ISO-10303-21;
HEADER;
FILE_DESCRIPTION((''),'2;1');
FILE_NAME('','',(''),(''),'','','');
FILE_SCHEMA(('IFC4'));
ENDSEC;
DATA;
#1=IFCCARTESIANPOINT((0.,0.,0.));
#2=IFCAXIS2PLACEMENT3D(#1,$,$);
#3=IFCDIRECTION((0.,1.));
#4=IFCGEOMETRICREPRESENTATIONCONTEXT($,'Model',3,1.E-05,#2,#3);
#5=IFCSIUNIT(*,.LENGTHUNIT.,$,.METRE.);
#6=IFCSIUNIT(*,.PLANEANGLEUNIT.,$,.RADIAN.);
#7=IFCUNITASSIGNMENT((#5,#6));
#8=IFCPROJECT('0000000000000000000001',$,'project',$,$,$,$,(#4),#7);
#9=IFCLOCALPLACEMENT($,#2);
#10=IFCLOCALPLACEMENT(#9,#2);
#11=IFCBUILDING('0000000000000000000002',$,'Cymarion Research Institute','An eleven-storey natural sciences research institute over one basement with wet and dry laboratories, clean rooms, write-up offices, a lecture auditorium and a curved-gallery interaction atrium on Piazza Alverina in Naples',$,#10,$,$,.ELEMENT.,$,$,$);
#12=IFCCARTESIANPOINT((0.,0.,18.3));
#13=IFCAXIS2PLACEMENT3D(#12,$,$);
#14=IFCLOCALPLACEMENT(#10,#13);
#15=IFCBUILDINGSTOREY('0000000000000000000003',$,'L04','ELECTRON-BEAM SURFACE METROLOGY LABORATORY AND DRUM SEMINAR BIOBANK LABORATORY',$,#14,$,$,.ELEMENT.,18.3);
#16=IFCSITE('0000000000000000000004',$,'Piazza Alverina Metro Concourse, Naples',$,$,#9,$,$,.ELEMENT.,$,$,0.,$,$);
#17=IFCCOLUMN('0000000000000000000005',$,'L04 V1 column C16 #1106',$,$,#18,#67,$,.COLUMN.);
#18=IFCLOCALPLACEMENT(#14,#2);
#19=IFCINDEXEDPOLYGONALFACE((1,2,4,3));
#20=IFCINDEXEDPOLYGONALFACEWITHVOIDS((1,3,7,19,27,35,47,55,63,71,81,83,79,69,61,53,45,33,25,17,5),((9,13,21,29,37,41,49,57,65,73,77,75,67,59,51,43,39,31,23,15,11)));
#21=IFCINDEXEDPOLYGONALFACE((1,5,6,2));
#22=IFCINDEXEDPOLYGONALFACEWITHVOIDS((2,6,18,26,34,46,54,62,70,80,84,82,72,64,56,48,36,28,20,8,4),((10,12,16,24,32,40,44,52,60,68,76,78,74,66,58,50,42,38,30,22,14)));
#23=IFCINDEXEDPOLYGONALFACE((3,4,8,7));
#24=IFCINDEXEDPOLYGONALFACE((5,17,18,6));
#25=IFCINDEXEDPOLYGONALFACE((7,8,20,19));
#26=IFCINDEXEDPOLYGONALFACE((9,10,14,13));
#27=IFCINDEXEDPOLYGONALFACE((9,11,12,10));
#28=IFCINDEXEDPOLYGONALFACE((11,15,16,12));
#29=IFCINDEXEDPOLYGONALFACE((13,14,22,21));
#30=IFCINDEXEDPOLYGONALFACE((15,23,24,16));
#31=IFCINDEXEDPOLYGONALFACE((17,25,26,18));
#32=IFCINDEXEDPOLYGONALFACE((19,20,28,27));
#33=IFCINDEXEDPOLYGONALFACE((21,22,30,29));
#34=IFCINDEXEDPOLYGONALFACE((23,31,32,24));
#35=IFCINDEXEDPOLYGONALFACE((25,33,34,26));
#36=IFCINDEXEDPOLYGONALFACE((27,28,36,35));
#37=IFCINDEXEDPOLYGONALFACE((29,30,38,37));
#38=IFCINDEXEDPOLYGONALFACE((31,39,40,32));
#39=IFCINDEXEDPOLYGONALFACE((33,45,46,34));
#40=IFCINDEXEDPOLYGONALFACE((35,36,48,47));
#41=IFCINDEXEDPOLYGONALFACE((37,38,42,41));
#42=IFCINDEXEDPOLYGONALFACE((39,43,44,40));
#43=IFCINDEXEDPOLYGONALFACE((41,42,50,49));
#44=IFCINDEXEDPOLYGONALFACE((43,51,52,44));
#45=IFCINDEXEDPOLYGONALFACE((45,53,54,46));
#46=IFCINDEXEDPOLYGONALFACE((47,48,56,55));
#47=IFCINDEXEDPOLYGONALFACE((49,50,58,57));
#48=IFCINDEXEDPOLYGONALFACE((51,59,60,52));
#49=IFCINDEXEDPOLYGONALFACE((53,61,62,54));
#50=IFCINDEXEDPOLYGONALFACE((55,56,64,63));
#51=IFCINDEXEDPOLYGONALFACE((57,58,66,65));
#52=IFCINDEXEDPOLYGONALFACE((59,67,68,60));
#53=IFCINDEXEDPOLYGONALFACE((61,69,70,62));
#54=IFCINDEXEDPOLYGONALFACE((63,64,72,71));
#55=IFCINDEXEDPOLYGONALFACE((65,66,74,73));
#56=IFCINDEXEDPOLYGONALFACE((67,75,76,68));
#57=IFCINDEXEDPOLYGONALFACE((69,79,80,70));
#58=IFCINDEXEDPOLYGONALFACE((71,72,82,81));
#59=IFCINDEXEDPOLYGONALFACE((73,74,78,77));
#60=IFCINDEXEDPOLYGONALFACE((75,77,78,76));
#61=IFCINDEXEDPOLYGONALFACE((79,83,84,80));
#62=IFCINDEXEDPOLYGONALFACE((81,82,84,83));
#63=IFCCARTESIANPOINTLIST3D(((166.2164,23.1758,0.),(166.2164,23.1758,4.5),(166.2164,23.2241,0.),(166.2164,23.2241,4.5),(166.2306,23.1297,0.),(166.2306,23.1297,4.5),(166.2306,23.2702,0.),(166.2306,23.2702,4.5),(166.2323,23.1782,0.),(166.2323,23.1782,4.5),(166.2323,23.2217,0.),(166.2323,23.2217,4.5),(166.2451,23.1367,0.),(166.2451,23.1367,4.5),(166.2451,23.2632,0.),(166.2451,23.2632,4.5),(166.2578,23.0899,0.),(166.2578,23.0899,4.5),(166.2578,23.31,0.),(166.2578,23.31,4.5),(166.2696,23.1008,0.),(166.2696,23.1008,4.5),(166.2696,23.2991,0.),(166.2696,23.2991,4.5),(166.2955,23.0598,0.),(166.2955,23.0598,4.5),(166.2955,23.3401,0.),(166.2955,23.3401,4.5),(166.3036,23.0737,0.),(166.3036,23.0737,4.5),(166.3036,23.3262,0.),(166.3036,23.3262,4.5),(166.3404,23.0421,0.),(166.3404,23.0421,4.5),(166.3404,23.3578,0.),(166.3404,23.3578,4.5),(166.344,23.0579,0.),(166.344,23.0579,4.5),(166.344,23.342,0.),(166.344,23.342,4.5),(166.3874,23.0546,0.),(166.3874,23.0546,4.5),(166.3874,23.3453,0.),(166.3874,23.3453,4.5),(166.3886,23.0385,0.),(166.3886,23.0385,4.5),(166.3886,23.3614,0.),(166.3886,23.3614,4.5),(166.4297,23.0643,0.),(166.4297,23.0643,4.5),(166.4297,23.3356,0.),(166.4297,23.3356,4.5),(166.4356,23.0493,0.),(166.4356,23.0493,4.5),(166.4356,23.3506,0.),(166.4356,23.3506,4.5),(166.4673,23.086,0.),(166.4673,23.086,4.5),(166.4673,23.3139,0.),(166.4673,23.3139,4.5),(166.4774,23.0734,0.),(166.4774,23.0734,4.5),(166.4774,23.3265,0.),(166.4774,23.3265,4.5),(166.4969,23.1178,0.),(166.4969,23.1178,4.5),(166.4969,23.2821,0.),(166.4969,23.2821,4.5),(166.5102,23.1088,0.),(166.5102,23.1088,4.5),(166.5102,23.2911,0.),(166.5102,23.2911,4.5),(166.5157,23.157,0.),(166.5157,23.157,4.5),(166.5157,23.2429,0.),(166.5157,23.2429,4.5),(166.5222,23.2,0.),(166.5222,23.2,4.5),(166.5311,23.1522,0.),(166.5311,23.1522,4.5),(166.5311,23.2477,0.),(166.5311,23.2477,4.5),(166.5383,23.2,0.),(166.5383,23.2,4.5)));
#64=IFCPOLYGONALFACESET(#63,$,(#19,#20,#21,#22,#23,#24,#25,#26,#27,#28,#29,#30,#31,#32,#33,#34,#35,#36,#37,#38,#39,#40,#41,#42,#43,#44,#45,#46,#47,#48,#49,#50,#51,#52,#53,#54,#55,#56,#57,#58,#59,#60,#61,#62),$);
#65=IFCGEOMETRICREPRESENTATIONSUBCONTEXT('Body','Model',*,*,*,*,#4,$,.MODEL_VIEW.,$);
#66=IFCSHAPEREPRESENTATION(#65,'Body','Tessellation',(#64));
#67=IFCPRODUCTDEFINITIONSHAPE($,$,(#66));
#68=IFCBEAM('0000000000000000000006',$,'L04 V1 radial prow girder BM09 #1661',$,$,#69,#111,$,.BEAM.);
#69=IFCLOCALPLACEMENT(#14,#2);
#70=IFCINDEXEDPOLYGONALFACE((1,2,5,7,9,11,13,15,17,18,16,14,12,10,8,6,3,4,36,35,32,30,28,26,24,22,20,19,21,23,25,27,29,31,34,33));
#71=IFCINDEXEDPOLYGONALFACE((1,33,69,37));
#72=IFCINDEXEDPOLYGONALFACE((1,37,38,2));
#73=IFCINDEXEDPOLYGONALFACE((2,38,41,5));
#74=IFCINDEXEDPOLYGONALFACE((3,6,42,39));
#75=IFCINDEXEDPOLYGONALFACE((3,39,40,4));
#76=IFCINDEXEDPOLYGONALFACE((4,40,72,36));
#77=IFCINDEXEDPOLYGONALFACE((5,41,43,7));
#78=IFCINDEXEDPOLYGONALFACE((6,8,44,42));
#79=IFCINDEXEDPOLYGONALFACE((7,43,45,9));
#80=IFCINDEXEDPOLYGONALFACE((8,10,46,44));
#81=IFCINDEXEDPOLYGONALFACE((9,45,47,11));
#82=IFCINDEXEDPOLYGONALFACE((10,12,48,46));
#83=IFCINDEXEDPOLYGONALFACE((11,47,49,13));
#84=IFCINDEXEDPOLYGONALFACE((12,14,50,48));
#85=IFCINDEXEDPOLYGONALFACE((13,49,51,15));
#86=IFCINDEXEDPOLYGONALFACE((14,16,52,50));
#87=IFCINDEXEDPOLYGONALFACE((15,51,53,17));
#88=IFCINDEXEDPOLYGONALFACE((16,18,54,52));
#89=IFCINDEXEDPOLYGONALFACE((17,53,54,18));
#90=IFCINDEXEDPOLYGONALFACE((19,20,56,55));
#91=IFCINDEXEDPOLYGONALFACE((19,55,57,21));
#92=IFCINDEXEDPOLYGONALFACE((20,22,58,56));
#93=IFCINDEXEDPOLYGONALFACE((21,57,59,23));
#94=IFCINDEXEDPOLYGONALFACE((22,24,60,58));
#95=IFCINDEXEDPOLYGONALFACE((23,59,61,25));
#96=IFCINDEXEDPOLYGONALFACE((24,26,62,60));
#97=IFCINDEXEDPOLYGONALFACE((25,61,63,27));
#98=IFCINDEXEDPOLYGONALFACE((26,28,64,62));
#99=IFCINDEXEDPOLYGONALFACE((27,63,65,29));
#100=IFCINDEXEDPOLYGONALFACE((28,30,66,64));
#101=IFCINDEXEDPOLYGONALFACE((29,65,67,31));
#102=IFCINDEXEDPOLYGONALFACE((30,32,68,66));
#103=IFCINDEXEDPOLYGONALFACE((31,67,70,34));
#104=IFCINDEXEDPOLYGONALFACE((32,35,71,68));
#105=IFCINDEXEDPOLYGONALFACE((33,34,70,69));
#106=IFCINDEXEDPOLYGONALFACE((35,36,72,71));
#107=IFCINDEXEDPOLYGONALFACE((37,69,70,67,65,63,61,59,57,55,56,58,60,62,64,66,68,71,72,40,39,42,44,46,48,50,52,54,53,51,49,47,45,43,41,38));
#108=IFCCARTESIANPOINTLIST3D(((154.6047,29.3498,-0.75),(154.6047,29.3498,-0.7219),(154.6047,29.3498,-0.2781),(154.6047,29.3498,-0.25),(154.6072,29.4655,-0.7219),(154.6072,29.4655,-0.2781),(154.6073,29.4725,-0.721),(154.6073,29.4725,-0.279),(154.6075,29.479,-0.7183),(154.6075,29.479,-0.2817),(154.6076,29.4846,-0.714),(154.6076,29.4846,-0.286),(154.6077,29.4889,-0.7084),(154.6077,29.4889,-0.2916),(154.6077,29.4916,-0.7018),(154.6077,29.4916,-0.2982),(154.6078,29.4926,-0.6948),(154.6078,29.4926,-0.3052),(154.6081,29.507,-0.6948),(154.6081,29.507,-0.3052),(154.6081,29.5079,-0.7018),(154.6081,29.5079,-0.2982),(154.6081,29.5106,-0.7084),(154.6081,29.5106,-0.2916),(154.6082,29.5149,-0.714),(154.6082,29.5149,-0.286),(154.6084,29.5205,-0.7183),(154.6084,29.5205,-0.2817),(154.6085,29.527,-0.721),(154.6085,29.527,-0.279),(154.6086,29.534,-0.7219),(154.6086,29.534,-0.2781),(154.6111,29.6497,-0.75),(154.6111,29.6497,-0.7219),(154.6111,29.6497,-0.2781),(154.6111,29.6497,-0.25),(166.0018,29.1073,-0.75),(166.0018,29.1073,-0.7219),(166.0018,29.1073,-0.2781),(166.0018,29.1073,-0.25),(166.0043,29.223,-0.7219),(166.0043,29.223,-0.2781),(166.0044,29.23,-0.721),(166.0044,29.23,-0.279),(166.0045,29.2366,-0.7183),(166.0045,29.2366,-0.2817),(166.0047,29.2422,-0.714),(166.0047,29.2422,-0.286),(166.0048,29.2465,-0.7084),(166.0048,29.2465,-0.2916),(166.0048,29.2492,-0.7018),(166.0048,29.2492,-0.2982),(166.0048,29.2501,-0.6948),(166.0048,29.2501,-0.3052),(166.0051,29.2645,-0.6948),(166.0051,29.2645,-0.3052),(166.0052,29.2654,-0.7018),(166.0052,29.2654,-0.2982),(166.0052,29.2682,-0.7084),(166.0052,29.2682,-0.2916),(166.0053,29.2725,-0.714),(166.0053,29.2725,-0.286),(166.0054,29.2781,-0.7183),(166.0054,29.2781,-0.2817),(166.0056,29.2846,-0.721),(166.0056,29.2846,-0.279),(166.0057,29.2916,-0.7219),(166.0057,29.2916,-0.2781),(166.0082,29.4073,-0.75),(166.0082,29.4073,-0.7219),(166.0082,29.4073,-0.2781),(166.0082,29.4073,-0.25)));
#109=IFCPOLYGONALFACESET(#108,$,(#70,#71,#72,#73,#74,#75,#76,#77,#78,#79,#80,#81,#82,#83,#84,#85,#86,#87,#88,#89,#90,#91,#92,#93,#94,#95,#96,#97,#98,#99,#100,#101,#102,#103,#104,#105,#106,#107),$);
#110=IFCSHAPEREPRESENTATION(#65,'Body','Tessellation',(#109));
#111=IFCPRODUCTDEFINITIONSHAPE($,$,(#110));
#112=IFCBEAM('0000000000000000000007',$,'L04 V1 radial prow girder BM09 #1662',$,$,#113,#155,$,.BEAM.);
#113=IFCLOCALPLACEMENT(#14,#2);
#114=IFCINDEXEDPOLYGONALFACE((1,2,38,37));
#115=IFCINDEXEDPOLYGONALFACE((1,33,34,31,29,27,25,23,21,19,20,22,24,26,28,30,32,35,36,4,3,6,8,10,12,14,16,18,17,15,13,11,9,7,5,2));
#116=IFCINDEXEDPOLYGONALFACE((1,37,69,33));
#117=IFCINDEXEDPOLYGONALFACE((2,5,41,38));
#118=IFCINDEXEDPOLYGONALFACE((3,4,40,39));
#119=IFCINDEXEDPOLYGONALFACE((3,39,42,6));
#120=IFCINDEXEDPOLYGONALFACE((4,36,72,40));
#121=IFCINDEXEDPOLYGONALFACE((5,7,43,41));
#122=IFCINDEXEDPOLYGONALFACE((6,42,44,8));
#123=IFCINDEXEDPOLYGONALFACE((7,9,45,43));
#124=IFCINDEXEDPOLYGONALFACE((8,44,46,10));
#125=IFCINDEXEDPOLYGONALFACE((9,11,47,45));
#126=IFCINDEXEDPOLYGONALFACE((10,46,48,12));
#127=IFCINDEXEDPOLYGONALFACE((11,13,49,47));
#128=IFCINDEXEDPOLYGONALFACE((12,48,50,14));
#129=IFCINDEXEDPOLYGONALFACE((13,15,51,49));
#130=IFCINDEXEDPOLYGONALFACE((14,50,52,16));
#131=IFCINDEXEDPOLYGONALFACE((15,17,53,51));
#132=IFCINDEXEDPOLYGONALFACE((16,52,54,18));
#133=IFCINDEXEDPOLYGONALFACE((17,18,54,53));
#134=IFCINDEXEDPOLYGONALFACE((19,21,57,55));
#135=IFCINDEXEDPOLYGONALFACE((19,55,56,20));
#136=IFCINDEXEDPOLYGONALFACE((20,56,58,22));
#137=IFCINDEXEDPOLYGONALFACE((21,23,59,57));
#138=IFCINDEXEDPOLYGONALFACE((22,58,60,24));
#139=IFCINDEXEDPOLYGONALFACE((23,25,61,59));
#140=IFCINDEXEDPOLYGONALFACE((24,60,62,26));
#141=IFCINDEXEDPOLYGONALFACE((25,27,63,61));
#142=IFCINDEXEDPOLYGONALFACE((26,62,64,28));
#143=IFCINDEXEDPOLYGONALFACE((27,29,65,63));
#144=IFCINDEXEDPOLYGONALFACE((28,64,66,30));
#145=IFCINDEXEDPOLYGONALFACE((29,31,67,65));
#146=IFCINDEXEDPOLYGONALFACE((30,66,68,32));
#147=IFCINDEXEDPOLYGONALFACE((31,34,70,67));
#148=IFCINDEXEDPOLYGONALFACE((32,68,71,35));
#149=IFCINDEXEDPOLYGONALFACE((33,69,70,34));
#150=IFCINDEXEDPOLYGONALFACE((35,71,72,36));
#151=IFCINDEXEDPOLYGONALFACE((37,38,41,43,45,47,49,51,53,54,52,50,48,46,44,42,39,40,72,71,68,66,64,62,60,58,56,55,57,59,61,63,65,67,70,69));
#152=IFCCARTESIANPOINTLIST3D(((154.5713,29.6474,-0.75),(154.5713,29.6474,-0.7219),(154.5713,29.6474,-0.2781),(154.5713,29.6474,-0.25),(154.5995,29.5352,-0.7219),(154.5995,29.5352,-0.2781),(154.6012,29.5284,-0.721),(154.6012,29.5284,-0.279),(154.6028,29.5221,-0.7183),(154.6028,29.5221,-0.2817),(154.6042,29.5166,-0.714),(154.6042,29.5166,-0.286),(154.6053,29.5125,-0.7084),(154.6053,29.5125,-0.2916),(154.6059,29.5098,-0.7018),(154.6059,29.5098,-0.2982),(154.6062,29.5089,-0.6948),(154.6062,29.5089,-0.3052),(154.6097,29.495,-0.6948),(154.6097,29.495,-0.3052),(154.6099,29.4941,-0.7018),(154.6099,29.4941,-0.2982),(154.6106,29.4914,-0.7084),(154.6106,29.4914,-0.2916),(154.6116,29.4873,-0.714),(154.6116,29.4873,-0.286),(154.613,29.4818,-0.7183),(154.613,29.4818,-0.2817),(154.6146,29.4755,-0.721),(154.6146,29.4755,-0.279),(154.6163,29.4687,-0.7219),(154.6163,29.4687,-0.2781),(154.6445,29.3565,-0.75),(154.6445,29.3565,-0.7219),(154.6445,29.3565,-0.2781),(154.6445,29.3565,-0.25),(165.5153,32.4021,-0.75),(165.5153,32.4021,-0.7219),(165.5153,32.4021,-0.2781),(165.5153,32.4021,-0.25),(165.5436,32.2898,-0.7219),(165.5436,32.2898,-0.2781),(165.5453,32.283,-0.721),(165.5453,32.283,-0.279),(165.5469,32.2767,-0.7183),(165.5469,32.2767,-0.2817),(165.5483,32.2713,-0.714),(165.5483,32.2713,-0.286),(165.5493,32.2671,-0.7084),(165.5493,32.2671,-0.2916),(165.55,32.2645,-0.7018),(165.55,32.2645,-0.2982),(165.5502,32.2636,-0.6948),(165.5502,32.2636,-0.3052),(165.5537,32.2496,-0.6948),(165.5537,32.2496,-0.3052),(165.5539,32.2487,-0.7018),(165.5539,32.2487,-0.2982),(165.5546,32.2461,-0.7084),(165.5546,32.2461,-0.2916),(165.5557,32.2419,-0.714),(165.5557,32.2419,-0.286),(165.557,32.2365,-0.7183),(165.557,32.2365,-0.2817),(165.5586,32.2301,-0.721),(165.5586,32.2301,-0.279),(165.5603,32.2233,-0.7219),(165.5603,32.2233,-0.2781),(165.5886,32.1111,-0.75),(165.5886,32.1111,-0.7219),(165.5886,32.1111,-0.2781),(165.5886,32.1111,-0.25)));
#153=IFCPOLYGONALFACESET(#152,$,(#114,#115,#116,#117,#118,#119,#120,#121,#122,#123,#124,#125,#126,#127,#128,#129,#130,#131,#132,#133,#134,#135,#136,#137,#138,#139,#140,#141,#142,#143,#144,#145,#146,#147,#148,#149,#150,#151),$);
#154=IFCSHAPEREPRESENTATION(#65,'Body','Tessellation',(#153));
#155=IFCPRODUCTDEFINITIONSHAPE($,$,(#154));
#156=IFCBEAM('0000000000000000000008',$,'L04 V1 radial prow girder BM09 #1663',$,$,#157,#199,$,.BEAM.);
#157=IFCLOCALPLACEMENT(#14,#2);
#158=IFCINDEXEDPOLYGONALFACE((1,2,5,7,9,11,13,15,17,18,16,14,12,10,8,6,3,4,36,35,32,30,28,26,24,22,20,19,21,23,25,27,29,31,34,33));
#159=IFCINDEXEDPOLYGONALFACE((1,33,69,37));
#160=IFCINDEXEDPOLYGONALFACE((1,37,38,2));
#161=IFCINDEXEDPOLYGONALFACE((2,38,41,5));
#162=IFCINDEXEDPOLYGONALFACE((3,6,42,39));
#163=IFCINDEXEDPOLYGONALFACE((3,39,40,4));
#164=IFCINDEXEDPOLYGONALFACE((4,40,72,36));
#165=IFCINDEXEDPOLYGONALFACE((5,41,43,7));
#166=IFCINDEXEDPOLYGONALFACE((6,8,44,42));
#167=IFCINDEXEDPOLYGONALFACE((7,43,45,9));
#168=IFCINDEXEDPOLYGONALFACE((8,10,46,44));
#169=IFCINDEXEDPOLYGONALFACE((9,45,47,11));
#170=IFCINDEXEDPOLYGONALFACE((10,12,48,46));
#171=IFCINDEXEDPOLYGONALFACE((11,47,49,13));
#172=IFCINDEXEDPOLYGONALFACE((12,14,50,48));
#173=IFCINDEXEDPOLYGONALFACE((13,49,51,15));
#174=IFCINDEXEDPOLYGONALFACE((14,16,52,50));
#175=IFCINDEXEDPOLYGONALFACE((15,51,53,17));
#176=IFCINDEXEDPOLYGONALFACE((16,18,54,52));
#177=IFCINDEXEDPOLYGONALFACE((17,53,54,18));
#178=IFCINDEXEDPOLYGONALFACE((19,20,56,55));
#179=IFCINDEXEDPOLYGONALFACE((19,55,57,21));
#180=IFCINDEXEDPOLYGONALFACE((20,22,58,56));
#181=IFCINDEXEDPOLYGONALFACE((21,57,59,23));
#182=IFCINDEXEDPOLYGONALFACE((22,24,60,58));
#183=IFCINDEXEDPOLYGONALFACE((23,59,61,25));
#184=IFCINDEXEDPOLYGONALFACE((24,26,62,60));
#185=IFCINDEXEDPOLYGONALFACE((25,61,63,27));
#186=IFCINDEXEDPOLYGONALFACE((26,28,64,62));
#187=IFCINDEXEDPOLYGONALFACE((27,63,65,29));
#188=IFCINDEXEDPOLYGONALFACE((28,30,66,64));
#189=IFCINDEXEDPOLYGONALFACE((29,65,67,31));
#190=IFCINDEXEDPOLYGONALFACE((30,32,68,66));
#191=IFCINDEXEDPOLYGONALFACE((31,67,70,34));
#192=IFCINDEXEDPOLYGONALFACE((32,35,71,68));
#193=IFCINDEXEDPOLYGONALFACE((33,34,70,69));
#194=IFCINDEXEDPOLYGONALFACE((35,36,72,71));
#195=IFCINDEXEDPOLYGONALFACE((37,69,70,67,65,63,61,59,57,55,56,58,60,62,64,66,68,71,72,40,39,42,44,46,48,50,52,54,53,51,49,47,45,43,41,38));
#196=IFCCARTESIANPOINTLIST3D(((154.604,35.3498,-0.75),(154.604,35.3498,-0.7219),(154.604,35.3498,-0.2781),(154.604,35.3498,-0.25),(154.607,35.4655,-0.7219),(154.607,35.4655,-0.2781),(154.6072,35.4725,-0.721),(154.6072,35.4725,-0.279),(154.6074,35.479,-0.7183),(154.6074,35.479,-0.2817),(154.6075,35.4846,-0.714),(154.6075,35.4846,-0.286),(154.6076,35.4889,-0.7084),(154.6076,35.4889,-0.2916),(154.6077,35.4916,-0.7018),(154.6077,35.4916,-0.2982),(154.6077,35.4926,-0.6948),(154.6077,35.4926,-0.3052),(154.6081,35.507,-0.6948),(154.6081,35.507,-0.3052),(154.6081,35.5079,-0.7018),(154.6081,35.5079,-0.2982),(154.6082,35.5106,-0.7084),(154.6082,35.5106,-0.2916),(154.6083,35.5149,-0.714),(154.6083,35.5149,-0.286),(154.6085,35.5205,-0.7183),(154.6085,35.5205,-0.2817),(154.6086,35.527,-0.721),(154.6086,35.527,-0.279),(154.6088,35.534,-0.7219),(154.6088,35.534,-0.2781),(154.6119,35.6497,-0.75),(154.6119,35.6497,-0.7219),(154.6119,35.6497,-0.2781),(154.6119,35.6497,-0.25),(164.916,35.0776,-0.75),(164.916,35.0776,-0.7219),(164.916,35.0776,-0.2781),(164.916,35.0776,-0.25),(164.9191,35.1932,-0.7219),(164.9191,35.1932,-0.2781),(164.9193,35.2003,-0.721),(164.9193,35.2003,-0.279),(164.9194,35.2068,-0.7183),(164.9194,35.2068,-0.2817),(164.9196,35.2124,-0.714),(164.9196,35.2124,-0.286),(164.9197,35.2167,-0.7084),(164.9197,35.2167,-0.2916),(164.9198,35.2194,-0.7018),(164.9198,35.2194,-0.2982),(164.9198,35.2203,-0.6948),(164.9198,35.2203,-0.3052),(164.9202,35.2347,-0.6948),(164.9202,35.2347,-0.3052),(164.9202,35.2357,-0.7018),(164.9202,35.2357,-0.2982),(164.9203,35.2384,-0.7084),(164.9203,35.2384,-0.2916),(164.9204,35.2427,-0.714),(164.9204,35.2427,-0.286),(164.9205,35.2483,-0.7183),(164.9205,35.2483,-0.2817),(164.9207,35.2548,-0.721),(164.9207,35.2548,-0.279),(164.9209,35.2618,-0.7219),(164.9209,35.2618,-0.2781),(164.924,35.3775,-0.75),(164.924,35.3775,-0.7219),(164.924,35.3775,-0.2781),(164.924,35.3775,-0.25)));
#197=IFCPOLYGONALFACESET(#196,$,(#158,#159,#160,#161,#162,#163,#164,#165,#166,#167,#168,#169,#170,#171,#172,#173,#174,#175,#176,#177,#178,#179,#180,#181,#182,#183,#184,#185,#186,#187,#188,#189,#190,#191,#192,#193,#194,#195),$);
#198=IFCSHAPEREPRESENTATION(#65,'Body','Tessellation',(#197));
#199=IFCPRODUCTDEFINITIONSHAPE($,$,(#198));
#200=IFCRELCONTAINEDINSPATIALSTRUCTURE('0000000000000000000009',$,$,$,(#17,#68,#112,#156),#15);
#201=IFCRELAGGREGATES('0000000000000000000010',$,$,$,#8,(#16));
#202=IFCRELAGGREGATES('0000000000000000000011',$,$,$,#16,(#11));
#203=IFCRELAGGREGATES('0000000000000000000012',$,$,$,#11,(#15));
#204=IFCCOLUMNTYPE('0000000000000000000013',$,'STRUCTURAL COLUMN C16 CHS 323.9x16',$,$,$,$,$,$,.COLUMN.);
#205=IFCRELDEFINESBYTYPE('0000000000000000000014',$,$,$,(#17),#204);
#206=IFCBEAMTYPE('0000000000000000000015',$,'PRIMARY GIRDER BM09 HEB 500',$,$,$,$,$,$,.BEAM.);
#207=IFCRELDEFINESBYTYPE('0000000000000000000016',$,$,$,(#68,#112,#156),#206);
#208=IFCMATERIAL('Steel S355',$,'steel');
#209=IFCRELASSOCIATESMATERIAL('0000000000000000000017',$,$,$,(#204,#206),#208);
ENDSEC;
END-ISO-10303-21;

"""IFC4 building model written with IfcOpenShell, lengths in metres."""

from ifc_helpers import new_model, si_unit, direction, frame, origin, origin_2d, place, context, subcontext, project, spatial, hollow_circle, i_section, extrude, material, material_profile, profile_set, type_object, element, save


model = new_model("IFC4")

# Units and contexts
model_context = context("Model", 3, precision=1e-05, world=origin(), true_north=direction((0.0, 1.0)))
body_context = subcontext(model_context, "Body", "Model", "MODEL_VIEW")
ifc_project = project(units=[si_unit("LENGTHUNIT", "METRE"), si_unit("PLANEANGLEUNIT", "RADIAN")], contexts=[model_context])

# Site, building, storey
site_placement = place(None, origin())
site = spatial("IfcSite", under=ifc_project, at=site_placement, Name="Piazza Alverina Metro Concourse, Naples", CompositionType="ELEMENT", RefElevation=0.0)
building_placement = place(site_placement, origin())
building = spatial("IfcBuilding", under=site, at=building_placement, Name="Cymarion Research Institute", Description="An eleven-storey natural sciences research institute over one basement with wet and dry laboratories, clean rooms, write-up offices, a lecture auditorium and a curved-gallery interaction atrium on Piazza Alverina in Naples", CompositionType="ELEMENT")
storey_placement = place(building_placement, frame((0.0, 0.0, 18.3)))
storey = spatial("IfcBuildingStorey", under=building, at=storey_placement, Name="L04", Description="ELECTRON-BEAM SURFACE METROLOGY LABORATORY AND DRUM SEMINAR BIOBANK LABORATORY", CompositionType="ELEMENT", Elevation=18.3)

# Column
ifc_material_1 = material(Name="Steel S355", Category="steel")
ifc_material_profile_1 = material_profile(ifc_material_1, hollow_circle(Radius=0.1619, WallThickness=0.0161, at=origin_2d()), Name="CHS 323.9x16")
ifc_profile_set_1 = profile_set([ifc_material_profile_1], Name="Steel S355")
column_type_1 = type_object("IfcColumnType", Name="STRUCTURAL COLUMN C16 CHS 323.9x16", PredefinedType="COLUMN", material=ifc_profile_set_1)
for number, where, z_axis, x_axis, name in (
    (1, (166.3765, 23.2, 0.0), (0.0, 0.0, 1.0), (1.0, 0.0, 0.0), "L04 V1 column C16 #1106"),
):
    element("IfcColumn", number, at=place(storey_placement, frame(where, z_axis=z_axis, x_axis=x_axis)), inside=storey, type_object=column_type_1, Name=name, PredefinedType="COLUMN", context=body_context, shape_type="SweptSolid", body=[
        extrude(hollow_circle(Radius=0.1619, WallThickness=0.0161, at=origin_2d()), origin(), (0.0, 0.0, 1.0), 4.5),
    ])

# Beams
ifc_material_profile_2 = material_profile(ifc_material_1, i_section(OverallWidth=0.3, OverallDepth=0.5, WebThickness=0.0144, FlangeThickness=0.0281, FilletRadius=0.0271, at=origin_2d()), Name="HEB 500")
ifc_profile_set_2 = profile_set([ifc_material_profile_2], Name="Steel S355")
beam_type_1 = type_object("IfcBeamType", Name="PRIMARY GIRDER BM09 HEB 500", PredefinedType="BEAM", material=ifc_profile_set_2)
beam_1_placement = place(storey_placement, frame((154.6079, 29.4998, -0.5), z_axis=(0.999774, -0.021267, 0.0), x_axis=(0.021267, 0.999774, 0.0)))
element("IfcBeam", 2, at=beam_1_placement, inside=storey, type_object=beam_type_1, Name="L04 V1 radial prow girder BM09 #1661", PredefinedType="BEAM", context=body_context, shape_type="SweptSolid", body=[
    extrude(i_section(OverallWidth=0.3, OverallDepth=0.5, WebThickness=0.0144, FlangeThickness=0.0281, FilletRadius=0.0271, at=origin_2d()), origin(), (0.0, 0.0, 1.0), 11.3997),
])
beam_2_placement = place(storey_placement, frame((154.6079, 29.502, -0.5), z_axis=(0.969753, 0.244088, 0.0), x_axis=(-0.244088, 0.969753, 0.0)))
element("IfcBeam", 3, at=beam_2_placement, inside=storey, type_object=beam_type_1, Name="L04 V1 radial prow girder BM09 #1662", PredefinedType="BEAM", context=body_context, shape_type="SweptSolid", body=[
    extrude(i_section(OverallWidth=0.3, OverallDepth=0.5, WebThickness=0.0144, FlangeThickness=0.0281, FilletRadius=0.0271, at=origin_2d()), origin(), (0.0, 0.0, 1.0), 11.2854),
])
beam_3_placement = place(storey_placement, frame((154.6079, 35.4998, -0.5), z_axis=(0.999652, -0.026389, 0.0), x_axis=(0.026389, 0.999652, 0.0)))
element("IfcBeam", 4, at=beam_3_placement, inside=storey, type_object=beam_type_1, Name="L04 V1 radial prow girder BM09 #1663", PredefinedType="BEAM", context=body_context, shape_type="SweptSolid", body=[
    extrude(i_section(OverallWidth=0.3, OverallDepth=0.5, WebThickness=0.0144, FlangeThickness=0.0281, FilletRadius=0.0271, at=origin_2d()), origin(), (0.0, 0.0, 1.0), 10.3157),
])

save(model, "model.ifc")
